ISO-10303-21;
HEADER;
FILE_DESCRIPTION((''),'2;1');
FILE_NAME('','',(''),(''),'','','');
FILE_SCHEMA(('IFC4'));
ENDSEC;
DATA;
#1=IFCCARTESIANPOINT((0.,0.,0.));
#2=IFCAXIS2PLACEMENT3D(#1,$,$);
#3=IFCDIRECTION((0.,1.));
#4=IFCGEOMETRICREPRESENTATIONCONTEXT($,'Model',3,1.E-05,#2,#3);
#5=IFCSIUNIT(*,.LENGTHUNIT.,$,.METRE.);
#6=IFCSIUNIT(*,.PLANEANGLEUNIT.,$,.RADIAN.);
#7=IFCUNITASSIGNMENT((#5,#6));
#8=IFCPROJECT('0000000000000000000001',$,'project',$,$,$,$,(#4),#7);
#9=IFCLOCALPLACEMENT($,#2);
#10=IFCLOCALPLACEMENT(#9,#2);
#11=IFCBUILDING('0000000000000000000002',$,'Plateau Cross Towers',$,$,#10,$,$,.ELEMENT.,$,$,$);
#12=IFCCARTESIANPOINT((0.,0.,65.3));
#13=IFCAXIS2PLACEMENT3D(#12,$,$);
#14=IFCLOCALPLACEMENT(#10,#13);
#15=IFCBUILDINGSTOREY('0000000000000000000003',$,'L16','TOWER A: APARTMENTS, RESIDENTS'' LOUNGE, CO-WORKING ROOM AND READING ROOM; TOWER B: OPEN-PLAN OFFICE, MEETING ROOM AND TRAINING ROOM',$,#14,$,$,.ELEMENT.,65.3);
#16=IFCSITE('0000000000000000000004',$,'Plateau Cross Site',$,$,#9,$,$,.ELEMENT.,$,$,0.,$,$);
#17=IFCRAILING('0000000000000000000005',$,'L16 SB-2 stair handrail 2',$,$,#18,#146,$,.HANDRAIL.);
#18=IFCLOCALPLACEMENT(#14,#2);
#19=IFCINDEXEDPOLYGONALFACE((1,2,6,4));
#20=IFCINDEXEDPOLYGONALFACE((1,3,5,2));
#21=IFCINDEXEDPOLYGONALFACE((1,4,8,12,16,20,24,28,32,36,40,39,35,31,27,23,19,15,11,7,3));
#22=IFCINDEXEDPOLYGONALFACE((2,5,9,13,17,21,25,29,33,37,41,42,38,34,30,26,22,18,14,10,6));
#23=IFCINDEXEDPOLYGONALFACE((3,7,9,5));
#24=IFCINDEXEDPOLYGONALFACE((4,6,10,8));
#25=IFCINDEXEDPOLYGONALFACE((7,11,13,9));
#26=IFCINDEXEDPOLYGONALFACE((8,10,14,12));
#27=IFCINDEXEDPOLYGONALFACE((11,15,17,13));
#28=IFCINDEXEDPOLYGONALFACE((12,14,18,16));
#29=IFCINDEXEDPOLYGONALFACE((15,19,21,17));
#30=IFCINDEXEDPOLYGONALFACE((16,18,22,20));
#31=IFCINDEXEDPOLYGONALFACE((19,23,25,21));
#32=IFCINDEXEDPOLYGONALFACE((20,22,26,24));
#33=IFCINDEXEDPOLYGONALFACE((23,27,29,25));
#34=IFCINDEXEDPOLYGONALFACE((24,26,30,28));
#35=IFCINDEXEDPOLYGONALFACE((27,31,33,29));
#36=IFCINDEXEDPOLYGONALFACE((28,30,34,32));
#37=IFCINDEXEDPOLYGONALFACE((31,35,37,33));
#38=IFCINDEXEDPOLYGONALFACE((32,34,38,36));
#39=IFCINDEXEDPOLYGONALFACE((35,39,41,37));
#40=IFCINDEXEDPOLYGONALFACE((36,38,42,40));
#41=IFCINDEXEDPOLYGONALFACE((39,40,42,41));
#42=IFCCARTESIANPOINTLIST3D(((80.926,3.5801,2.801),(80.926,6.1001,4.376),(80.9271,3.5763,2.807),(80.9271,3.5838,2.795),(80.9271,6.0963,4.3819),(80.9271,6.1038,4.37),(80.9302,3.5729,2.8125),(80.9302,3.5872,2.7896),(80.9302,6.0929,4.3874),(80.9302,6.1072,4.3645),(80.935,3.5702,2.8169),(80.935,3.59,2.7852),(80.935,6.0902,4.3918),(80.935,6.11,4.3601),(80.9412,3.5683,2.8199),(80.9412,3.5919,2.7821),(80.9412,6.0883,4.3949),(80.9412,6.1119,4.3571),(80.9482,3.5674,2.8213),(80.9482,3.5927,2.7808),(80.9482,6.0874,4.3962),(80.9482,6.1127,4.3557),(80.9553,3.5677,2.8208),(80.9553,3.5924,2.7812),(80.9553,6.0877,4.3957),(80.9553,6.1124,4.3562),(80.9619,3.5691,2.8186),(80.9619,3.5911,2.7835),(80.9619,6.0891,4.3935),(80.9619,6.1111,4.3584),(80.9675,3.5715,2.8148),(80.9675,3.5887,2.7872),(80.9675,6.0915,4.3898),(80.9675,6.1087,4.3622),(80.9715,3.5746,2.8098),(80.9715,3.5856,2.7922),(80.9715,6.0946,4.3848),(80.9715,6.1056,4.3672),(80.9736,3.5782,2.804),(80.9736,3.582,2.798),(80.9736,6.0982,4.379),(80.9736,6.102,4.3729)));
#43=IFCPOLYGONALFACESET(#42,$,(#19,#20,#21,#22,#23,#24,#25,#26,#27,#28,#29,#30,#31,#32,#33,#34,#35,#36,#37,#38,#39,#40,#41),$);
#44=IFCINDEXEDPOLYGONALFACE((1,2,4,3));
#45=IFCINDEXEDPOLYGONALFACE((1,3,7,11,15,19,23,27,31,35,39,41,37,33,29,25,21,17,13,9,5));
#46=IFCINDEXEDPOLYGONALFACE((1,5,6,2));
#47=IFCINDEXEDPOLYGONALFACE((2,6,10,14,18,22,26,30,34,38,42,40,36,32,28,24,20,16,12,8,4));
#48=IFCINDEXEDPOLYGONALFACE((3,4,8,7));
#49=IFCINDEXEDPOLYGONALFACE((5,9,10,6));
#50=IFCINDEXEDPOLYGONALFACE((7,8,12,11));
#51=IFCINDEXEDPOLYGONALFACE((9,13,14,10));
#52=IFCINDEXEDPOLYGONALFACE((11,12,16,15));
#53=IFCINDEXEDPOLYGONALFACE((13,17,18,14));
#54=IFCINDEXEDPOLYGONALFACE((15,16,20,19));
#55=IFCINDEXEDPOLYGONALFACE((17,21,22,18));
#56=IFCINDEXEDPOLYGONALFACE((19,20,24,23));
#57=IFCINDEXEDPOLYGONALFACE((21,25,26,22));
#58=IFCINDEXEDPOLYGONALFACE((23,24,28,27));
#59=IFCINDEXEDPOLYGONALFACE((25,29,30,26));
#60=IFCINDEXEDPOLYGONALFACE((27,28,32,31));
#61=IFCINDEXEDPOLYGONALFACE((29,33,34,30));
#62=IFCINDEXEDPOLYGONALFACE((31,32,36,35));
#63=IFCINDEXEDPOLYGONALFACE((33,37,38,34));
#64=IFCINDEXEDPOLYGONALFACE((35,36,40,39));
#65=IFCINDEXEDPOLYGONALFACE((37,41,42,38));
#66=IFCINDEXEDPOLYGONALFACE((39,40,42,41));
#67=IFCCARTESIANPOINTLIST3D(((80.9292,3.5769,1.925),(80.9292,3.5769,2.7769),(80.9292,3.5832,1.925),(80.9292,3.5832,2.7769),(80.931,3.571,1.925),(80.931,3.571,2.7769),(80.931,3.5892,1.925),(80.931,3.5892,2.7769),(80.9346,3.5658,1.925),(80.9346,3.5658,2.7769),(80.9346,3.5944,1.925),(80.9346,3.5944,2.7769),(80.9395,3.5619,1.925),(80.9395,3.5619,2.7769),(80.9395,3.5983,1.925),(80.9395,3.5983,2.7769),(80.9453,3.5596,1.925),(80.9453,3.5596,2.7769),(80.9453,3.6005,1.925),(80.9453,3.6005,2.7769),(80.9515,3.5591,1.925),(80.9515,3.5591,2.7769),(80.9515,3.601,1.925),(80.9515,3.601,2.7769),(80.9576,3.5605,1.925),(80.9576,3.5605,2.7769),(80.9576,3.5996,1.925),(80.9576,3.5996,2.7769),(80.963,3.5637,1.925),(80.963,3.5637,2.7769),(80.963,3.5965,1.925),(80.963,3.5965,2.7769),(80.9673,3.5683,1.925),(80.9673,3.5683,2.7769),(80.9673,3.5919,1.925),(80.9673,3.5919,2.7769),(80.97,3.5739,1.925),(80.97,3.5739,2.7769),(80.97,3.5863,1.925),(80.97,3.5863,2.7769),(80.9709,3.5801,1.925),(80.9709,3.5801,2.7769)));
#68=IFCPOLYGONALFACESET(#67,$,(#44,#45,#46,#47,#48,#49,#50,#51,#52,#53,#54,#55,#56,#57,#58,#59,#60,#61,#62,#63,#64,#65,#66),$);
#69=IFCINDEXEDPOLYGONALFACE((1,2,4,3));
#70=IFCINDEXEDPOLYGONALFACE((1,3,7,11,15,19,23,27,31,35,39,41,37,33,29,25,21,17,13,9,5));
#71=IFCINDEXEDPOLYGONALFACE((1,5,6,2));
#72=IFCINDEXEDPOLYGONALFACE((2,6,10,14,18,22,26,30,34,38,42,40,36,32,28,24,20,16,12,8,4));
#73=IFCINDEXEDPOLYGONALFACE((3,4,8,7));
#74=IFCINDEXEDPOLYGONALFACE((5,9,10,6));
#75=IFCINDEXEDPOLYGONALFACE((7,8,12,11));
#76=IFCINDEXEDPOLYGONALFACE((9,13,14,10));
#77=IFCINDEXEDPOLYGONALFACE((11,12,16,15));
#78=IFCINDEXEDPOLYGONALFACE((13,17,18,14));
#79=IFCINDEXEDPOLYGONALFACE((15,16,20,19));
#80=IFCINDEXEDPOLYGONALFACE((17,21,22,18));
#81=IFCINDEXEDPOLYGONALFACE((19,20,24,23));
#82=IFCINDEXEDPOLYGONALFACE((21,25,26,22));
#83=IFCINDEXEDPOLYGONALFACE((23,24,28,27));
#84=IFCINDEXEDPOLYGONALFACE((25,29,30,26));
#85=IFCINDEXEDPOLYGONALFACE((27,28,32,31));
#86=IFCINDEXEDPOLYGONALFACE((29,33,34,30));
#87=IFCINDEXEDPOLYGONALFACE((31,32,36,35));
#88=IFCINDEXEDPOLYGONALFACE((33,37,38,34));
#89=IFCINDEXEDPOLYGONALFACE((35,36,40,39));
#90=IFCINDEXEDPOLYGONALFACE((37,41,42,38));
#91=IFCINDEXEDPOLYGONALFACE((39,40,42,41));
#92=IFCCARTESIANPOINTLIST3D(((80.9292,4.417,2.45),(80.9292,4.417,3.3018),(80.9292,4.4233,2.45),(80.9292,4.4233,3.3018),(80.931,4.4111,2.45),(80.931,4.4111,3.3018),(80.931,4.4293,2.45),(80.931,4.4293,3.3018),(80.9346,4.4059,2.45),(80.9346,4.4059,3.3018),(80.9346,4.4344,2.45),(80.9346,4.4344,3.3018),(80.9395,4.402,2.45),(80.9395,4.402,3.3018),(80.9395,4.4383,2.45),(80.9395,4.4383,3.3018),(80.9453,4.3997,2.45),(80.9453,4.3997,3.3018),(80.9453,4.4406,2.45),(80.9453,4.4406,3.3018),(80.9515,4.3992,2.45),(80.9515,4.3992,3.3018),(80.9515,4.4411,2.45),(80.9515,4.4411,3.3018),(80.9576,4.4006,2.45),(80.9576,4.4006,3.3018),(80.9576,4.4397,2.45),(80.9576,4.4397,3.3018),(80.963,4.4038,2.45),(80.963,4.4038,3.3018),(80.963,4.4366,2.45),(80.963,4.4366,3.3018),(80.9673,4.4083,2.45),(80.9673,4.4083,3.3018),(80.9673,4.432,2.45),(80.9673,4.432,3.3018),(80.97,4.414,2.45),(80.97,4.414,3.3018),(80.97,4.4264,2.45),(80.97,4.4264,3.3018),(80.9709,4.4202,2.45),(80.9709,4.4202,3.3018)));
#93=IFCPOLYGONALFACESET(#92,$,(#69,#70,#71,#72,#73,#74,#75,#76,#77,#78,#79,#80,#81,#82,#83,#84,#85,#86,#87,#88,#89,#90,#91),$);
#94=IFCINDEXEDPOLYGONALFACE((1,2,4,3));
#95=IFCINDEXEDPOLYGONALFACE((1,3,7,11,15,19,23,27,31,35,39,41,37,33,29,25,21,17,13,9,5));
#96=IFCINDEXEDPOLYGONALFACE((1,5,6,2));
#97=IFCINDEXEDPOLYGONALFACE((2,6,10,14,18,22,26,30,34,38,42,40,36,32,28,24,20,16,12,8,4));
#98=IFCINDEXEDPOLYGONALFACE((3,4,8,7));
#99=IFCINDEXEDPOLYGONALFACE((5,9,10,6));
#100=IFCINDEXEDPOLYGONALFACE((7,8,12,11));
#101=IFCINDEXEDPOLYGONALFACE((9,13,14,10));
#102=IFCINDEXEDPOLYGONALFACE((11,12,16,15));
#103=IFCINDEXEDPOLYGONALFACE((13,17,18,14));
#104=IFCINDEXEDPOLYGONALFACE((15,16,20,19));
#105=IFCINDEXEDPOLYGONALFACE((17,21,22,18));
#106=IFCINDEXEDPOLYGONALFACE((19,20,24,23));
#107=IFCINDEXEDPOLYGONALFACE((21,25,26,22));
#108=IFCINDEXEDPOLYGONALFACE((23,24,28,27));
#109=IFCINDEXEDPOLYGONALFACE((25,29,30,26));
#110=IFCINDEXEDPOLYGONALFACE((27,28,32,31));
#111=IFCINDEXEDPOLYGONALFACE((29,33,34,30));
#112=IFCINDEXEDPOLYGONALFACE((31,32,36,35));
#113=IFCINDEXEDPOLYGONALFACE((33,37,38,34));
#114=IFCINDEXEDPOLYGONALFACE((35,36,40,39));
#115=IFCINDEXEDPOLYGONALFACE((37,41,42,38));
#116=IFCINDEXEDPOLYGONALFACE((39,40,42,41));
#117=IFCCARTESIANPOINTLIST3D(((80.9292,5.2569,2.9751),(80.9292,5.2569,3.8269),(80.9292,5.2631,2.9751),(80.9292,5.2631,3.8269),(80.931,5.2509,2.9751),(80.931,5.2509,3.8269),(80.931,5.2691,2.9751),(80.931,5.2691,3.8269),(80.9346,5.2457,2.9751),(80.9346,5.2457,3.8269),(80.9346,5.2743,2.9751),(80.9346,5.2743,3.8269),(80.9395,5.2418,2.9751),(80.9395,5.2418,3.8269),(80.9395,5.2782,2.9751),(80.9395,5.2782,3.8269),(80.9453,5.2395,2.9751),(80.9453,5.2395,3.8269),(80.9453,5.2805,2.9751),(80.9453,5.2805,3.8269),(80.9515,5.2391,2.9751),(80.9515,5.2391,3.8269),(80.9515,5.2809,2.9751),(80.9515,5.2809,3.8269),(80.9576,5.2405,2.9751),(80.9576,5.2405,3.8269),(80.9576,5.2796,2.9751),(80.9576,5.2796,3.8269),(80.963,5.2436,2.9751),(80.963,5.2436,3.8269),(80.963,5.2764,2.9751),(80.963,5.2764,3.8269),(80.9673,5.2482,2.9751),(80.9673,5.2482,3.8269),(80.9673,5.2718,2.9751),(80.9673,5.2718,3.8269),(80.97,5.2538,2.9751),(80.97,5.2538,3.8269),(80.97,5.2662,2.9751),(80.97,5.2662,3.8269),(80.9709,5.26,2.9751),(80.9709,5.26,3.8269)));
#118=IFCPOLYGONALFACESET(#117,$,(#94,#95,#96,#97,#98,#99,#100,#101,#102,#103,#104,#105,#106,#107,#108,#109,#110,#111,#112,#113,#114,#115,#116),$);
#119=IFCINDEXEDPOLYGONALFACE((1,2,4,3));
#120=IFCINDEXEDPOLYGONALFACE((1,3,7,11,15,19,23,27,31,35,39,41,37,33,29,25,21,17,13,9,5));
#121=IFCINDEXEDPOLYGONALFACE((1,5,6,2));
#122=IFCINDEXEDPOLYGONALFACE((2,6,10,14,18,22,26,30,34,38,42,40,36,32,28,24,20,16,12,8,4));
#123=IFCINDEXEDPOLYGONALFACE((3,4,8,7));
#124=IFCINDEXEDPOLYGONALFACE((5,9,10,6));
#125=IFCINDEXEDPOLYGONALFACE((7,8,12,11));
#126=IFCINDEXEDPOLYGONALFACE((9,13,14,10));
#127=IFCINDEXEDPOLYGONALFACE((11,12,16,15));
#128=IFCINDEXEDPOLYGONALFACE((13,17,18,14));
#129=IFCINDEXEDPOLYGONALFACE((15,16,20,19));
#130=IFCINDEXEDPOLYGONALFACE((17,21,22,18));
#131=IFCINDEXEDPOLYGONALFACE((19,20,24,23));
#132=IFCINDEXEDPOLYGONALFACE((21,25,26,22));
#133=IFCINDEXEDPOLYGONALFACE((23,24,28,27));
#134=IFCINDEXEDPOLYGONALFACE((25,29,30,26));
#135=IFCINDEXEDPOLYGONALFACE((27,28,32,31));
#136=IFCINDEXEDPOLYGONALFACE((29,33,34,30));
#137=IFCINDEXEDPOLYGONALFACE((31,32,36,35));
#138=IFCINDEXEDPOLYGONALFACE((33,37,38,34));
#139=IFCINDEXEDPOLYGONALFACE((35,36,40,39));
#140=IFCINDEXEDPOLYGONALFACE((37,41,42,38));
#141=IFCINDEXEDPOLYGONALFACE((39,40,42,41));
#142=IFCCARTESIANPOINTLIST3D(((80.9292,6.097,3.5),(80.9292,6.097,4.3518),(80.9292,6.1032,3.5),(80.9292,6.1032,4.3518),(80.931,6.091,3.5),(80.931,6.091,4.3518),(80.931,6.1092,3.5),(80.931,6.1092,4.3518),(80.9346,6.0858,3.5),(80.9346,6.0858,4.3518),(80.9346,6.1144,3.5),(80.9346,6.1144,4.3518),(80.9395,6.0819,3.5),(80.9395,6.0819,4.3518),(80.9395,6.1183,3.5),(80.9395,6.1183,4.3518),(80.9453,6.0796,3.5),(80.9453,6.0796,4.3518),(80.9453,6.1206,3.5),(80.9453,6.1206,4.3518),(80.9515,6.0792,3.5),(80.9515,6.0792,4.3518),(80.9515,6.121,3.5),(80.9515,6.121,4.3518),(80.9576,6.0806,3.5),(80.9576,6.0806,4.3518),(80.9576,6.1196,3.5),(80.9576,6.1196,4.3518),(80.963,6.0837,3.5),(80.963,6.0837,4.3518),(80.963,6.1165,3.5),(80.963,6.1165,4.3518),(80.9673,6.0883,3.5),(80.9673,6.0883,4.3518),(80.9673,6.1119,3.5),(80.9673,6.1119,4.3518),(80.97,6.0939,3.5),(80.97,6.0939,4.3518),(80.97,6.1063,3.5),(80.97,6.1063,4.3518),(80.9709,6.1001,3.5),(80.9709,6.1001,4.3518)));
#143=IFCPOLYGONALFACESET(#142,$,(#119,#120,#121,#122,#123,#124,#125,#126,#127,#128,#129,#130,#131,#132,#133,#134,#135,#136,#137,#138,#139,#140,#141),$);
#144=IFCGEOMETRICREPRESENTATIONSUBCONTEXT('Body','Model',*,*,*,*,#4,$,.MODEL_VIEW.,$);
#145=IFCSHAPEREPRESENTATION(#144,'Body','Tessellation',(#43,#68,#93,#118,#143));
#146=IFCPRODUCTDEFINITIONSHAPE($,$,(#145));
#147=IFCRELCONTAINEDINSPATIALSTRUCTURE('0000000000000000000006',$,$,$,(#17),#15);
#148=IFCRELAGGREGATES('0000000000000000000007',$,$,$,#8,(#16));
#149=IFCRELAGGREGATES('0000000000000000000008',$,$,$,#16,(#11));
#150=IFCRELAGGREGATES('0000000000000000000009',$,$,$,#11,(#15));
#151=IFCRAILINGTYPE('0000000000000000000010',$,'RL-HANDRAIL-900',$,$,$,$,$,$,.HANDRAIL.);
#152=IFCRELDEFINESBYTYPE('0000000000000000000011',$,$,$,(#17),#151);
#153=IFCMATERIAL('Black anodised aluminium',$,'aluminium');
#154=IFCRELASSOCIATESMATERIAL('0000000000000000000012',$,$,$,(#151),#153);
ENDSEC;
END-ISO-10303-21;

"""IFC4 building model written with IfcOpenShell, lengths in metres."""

from ifc_helpers import new_model, si_unit, direction, frame, origin, origin_2d, place, context, subcontext, project, spatial, circle, extrude, material, type_object, element, save


model = new_model("IFC4")

# Units and contexts
model_context = context("Model", 3, precision=1e-05, world=origin(), true_north=direction((0.0, 1.0)))
body_context = subcontext(model_context, "Body", "Model", "MODEL_VIEW")
ifc_project = project(units=[si_unit("LENGTHUNIT", "METRE"), si_unit("PLANEANGLEUNIT", "RADIAN")], contexts=[model_context])

# Site, building, storey
site_placement = place(None, origin())
site = spatial("IfcSite", under=ifc_project, at=site_placement, Name="Plateau Cross Site", CompositionType="ELEMENT", RefElevation=0.0)
building_placement = place(site_placement, origin())
building = spatial("IfcBuilding", under=site, at=building_placement, Name="Plateau Cross Towers", CompositionType="ELEMENT")
storey_placement = place(building_placement, frame((0.0, 0.0, 65.3)))
storey = spatial("IfcBuildingStorey", under=building, at=storey_placement, Name="L16", Description="TOWER A: APARTMENTS, RESIDENTS' LOUNGE, CO-WORKING ROOM AND READING ROOM; TOWER B: OPEN-PLAN OFFICE, MEETING ROOM AND TRAINING ROOM", CompositionType="ELEMENT", Elevation=65.3)

# Shared definitions
ifc_material_1 = material(Name="Black anodised aluminium", Category="aluminium")

# Railing
railing_type_1 = type_object("IfcRailingType", Name="RL-HANDRAIL-900", PredefinedType="HANDRAIL", material=ifc_material_1)
railing_1_placement = place(storey_placement, frame((80.95, 3.5801, 1.925)))
element("IfcRailing", 1, at=railing_1_placement, inside=storey, type_object=railing_type_1, Name="L16 SB-2 stair handrail 2", PredefinedType="HANDRAIL", context=body_context, shape_type="SweptSolid", body=[
    extrude(circle(Radius=0.0239, at=origin_2d()), frame((0.0, 0.0, 0.876), z_axis=(0.0, 0.848008, 0.529984), x_axis=(-1.0, 0.0, 0.0)), (0.0, 0.0, 1.0), 2.9717),
    extrude(circle(Radius=0.021, at=origin_2d()), origin(), (0.0, 0.0, 1.0), 0.8518),
    extrude(circle(Radius=0.021, at=origin_2d()), frame((0.0, 0.8401, 0.5249)), (0.0, 0.0, 1.0), 0.8518),
    extrude(circle(Radius=0.021, at=origin_2d()), frame((0.0, 1.6799, 1.05)), (0.0, 0.0, 1.0), 0.8518),
    extrude(circle(Radius=0.021, at=origin_2d()), frame((0.0, 2.52, 1.575)), (0.0, 0.0, 1.0), 0.8518),
])

save(model, "model.ifc")
